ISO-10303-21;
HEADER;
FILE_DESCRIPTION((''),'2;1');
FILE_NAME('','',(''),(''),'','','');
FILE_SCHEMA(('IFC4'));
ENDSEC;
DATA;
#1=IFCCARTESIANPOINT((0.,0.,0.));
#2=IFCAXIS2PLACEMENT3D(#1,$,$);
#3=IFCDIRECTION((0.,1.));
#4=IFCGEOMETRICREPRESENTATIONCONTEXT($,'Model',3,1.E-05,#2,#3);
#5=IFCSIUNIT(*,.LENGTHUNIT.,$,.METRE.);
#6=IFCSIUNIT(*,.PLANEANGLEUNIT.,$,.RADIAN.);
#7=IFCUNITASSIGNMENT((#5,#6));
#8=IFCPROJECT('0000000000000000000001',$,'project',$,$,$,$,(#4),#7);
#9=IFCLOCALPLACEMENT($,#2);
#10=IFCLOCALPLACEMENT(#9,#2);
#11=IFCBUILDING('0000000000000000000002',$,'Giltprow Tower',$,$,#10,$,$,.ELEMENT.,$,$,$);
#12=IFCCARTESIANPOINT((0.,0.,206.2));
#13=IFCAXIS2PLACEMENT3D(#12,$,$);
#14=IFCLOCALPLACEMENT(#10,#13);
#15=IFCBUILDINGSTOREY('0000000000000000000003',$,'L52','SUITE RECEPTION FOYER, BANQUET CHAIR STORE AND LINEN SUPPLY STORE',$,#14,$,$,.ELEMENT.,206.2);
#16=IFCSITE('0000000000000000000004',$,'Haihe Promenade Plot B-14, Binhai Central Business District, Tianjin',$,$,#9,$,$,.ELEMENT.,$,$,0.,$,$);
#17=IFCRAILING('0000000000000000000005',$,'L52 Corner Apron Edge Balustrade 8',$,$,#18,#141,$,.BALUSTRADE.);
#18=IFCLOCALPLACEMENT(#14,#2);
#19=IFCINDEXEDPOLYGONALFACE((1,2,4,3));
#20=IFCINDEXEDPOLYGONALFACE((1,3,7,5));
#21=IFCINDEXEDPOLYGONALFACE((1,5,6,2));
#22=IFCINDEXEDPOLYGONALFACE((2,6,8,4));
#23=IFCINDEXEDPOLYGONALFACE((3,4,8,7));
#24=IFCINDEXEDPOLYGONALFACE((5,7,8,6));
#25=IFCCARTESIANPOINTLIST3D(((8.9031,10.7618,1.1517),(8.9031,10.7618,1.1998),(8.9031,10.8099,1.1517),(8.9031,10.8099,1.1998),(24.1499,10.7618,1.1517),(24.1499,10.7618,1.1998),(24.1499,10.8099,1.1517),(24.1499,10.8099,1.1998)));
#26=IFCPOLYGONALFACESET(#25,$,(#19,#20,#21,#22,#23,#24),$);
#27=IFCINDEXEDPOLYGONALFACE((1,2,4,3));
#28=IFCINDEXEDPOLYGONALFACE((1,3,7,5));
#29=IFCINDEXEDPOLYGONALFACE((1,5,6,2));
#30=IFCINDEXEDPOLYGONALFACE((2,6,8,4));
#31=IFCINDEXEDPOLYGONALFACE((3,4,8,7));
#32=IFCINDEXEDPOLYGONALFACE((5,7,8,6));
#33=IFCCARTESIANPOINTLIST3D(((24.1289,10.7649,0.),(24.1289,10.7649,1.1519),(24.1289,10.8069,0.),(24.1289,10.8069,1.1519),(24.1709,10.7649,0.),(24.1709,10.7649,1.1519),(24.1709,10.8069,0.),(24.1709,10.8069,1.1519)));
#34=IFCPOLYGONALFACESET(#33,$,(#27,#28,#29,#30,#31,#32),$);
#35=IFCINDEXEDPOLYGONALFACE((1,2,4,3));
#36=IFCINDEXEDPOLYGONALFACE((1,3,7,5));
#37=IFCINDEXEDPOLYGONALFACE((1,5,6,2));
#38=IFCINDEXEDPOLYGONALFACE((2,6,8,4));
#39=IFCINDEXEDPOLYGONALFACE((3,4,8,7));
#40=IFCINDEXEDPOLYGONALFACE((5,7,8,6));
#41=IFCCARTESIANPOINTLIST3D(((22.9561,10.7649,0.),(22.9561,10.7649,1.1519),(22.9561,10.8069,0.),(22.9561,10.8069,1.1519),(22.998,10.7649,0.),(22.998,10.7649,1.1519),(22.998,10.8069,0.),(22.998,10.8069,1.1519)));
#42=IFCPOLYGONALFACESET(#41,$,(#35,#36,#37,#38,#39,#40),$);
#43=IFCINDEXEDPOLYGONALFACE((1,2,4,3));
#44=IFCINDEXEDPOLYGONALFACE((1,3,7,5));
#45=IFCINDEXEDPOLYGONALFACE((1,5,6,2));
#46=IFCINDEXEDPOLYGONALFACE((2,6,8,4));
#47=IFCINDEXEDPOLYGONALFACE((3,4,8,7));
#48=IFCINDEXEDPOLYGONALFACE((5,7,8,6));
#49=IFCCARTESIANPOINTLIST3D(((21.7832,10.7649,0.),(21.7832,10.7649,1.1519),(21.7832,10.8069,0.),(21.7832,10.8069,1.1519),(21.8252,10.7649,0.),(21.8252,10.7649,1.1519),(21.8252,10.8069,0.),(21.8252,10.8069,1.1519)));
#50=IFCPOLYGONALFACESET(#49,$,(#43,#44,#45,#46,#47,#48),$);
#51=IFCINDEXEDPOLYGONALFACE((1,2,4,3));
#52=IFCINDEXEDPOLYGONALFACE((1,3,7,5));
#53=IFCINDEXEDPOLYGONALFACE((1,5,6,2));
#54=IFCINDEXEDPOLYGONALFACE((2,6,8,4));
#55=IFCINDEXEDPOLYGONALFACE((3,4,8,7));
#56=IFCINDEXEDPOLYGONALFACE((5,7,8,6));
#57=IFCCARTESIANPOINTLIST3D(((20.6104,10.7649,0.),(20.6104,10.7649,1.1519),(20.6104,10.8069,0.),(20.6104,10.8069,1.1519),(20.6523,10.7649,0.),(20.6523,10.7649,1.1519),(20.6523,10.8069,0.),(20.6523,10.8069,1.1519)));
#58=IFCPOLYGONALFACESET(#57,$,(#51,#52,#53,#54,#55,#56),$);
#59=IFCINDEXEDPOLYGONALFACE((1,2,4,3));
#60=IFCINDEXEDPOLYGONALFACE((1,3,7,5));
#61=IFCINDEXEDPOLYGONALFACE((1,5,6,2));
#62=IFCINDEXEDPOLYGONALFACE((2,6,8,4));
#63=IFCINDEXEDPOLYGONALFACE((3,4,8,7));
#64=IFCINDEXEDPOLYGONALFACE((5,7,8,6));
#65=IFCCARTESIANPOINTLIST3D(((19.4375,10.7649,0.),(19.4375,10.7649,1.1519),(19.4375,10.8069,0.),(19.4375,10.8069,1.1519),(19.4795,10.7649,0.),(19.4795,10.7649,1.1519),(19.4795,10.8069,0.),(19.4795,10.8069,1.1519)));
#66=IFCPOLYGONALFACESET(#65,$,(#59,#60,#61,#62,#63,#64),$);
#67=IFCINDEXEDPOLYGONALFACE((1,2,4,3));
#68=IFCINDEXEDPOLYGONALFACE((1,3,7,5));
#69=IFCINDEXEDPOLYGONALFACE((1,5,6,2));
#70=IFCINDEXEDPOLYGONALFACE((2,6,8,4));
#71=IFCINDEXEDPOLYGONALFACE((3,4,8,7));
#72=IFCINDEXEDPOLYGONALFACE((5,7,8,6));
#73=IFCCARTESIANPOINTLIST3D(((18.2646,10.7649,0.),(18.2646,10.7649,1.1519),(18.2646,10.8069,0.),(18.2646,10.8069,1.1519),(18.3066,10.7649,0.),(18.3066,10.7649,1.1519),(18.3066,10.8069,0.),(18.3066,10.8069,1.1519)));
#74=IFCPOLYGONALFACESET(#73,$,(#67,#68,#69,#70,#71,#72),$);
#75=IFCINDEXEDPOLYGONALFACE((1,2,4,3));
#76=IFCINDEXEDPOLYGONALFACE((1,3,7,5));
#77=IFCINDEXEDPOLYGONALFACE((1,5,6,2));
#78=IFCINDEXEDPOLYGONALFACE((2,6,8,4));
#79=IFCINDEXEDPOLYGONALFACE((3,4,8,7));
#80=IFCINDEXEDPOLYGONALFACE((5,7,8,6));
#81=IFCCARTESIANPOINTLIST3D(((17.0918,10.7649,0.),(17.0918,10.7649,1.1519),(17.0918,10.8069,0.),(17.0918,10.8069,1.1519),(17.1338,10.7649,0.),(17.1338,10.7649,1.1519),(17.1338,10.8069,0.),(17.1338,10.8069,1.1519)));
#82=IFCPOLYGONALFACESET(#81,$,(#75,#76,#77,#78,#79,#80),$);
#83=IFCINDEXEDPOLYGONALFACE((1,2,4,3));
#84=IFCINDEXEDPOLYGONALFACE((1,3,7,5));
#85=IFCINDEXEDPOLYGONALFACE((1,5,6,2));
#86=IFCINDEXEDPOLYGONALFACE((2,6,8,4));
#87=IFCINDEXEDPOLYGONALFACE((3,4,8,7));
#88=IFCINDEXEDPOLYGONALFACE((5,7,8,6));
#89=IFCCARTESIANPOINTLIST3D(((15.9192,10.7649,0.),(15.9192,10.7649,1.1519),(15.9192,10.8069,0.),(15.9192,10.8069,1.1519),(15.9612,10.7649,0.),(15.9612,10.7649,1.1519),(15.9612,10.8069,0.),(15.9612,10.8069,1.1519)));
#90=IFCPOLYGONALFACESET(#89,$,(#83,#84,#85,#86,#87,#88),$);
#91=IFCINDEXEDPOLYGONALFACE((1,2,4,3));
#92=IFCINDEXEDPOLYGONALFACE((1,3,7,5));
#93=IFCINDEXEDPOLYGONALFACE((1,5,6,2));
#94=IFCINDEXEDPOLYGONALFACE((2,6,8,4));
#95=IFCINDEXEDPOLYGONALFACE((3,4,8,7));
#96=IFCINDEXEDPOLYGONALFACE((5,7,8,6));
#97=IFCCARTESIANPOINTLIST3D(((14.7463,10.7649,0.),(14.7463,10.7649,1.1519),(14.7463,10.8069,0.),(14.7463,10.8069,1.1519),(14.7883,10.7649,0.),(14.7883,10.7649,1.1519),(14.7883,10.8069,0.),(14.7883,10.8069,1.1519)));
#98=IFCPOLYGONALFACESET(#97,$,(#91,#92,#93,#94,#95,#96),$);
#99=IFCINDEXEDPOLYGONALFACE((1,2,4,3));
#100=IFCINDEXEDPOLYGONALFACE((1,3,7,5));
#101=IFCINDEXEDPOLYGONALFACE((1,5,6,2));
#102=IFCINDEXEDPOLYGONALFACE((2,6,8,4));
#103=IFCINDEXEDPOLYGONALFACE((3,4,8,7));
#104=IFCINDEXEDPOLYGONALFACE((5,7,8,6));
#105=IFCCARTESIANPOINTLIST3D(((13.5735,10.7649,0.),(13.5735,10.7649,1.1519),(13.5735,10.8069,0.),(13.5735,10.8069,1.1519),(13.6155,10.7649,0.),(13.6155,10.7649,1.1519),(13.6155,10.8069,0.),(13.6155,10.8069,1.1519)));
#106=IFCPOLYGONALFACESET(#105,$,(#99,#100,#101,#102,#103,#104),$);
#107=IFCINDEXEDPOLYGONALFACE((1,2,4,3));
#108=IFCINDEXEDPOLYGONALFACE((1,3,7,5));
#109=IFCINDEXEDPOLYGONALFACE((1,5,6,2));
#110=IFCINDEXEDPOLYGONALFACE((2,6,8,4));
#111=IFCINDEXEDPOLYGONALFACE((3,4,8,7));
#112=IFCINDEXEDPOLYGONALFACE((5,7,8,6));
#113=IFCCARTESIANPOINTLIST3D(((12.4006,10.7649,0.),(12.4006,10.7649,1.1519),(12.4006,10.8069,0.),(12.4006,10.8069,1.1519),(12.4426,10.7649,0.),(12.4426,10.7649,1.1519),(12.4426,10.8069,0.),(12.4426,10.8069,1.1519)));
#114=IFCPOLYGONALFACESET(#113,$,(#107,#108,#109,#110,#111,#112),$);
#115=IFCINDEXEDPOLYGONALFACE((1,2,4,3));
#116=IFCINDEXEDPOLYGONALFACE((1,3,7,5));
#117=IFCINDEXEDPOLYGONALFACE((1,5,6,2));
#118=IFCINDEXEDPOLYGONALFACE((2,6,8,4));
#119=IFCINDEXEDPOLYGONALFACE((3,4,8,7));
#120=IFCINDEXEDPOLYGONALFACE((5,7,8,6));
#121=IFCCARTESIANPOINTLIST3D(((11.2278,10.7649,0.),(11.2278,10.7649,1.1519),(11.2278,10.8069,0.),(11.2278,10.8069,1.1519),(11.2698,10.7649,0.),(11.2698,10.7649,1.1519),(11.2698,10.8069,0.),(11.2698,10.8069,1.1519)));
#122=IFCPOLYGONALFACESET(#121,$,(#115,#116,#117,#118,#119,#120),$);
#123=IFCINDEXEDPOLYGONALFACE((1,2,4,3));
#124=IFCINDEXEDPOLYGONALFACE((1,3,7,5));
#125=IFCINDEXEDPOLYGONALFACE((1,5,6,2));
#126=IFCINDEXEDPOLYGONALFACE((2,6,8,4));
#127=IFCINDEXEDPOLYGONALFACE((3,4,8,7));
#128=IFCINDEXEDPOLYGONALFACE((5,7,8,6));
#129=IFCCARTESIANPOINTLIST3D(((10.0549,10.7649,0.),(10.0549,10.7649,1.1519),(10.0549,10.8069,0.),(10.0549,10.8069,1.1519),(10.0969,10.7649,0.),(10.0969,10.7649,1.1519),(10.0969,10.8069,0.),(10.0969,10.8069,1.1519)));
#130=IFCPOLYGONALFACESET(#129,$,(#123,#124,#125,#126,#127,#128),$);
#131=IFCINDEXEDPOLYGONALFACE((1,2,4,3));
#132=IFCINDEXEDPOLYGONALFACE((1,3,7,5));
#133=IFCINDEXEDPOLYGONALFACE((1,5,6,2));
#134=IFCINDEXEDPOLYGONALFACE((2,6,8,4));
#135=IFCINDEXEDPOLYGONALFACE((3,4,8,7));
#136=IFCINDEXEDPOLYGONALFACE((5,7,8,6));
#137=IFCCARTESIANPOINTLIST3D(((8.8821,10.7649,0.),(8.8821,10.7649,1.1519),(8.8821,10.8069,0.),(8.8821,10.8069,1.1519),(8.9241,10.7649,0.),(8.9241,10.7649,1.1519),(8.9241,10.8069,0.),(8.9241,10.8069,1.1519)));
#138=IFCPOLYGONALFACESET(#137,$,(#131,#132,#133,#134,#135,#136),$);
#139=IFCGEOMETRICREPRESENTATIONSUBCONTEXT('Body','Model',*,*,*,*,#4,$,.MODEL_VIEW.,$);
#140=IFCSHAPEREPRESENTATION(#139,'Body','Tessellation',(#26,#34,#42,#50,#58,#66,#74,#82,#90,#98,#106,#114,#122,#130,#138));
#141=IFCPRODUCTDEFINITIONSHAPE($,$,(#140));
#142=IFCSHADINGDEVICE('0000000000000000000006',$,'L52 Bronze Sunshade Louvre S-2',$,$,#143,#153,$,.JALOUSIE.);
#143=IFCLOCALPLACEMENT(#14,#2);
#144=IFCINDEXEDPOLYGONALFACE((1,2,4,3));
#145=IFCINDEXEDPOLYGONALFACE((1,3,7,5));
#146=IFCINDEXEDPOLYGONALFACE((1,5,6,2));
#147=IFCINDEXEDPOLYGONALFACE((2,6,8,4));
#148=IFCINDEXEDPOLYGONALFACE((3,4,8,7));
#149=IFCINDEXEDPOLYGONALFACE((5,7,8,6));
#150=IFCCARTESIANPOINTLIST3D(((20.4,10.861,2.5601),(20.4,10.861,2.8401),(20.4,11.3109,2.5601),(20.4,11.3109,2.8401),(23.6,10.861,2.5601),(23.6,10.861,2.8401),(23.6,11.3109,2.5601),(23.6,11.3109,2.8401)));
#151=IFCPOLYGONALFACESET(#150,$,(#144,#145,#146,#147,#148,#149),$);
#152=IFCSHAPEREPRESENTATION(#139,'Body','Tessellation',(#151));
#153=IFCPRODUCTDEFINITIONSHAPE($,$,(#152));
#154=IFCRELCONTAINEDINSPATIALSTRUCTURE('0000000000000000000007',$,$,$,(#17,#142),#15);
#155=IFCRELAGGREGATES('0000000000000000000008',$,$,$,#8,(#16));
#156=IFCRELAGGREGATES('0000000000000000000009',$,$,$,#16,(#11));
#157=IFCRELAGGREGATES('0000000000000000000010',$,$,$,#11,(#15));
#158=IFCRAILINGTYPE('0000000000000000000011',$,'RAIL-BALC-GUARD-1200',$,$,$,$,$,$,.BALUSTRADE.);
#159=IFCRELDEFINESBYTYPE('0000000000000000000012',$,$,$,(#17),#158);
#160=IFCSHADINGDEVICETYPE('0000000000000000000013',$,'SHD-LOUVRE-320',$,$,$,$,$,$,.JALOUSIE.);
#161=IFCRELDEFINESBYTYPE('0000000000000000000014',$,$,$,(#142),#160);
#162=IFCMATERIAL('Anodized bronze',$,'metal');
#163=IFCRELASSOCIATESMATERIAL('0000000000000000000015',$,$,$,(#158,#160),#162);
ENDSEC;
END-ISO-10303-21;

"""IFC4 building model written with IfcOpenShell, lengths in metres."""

from ifc_helpers import new_model, si_unit, direction, frame, origin, origin_2d, place, context, subcontext, project, spatial, rectangle, extrude, source, transform, mapped, material, type_object, element, save


model = new_model("IFC4")

# Units and contexts
model_context = context("Model", 3, precision=1e-05, world=origin(), true_north=direction((0.0, 1.0)))
body_context = subcontext(model_context, "Body", "Model", "MODEL_VIEW")
ifc_project = project(units=[si_unit("LENGTHUNIT", "METRE"), si_unit("PLANEANGLEUNIT", "RADIAN")], contexts=[model_context])

# Site, building, storey
site_placement = place(None, origin())
site = spatial("IfcSite", under=ifc_project, at=site_placement, Name="Haihe Promenade Plot B-14, Binhai Central Business District, Tianjin", CompositionType="ELEMENT", RefElevation=0.0)
building_placement = place(site_placement, origin())
building = spatial("IfcBuilding", under=site, at=building_placement, Name="Giltprow Tower", CompositionType="ELEMENT")
storey_placement = place(building_placement, frame((0.0, 0.0, 206.2)))
storey = spatial("IfcBuildingStorey", under=building, at=storey_placement, Name="L52", Description="SUITE RECEPTION FOYER, BANQUET CHAIR STORE AND LINEN SUPPLY STORE", CompositionType="ELEMENT", Elevation=206.2)

# Railing
ifc_material_1 = material(Name="Anodized bronze", Category="metal")
railing_type = type_object("IfcRailingType", Name="RAIL-BALC-GUARD-1200", PredefinedType="BALUSTRADE", material=ifc_material_1)
railing_1_placement = place(storey_placement, frame((24.1499, 10.7859, 0.0)))
element("IfcRailing", 1, at=railing_1_placement, inside=storey, type_object=railing_type, Name="L52 Corner Apron Edge Balustrade 8", PredefinedType="BALUSTRADE", context=body_context, shape_type="SweptSolid", body=[
    extrude(rectangle(XDim=0.0481, YDim=0.0481, at=origin_2d()), frame((0.0, 0.0, 1.1758), z_axis=(-1.0, 0.0, 0.0), x_axis=(0.0, -1.0, 0.0)), (0.0, 0.0, 1.0), 15.2468),
    extrude(rectangle(XDim=0.042, YDim=0.042, at=origin_2d()), origin(), (0.0, 0.0, 1.0), 1.1519),
    extrude(rectangle(XDim=0.042, YDim=0.042, at=origin_2d()), frame((-1.1729, 0.0, 0.0)), (0.0, 0.0, 1.0), 1.1519),
    extrude(rectangle(XDim=0.042, YDim=0.042, at=origin_2d()), frame((-2.3457, 0.0, 0.0)), (0.0, 0.0, 1.0), 1.1519),
    extrude(rectangle(XDim=0.042, YDim=0.042, at=origin_2d()), frame((-3.5186, 0.0, 0.0)), (0.0, 0.0, 1.0), 1.1519),
    extrude(rectangle(XDim=0.042, YDim=0.042, at=origin_2d()), frame((-4.6914, 0.0, 0.0)), (0.0, 0.0, 1.0), 1.1519),
    extrude(rectangle(XDim=0.042, YDim=0.042, at=origin_2d()), frame((-5.8643, 0.0, 0.0)), (0.0, 0.0, 1.0), 1.1519),
    extrude(rectangle(XDim=0.042, YDim=0.042, at=origin_2d()), frame((-7.0371, 0.0, 0.0)), (0.0, 0.0, 1.0), 1.1519),
    extrude(rectangle(XDim=0.042, YDim=0.042, at=origin_2d()), frame((-8.2097, 0.0, 0.0)), (0.0, 0.0, 1.0), 1.1519),
    extrude(rectangle(XDim=0.042, YDim=0.042, at=origin_2d()), frame((-9.3826, 0.0, 0.0)), (0.0, 0.0, 1.0), 1.1519),
    extrude(rectangle(XDim=0.042, YDim=0.042, at=origin_2d()), frame((-10.5554, 0.0, 0.0)), (0.0, 0.0, 1.0), 1.1519),
    extrude(rectangle(XDim=0.042, YDim=0.042, at=origin_2d()), frame((-11.7283, 0.0, 0.0)), (0.0, 0.0, 1.0), 1.1519),
    extrude(rectangle(XDim=0.042, YDim=0.042, at=origin_2d()), frame((-12.9011, 0.0, 0.0)), (0.0, 0.0, 1.0), 1.1519),
    extrude(rectangle(XDim=0.042, YDim=0.042, at=origin_2d()), frame((-14.074, 0.0, 0.0)), (0.0, 0.0, 1.0), 1.1519),
    extrude(rectangle(XDim=0.042, YDim=0.042, at=origin_2d()), frame((-15.2468, 0.0, 0.0)), (0.0, 0.0, 1.0), 1.1519),
])

# Shading device
shading_device_type = type_object("IfcShadingDeviceType", Name="SHD-LOUVRE-320", PredefinedType="JALOUSIE", material=ifc_material_1)
shared_shape_1 = source(origin(), body_context, "Body", "SweptSolid", [
    extrude(rectangle(XDim=3.2, YDim=0.45, at=origin_2d()), origin(), (0.0, 0.0, 1.0), 0.28),
])
shading_device_placement = place(storey_placement, frame((22.0, 11.0859, 2.5601), z_axis=(0.0, 0.0, 1.0), x_axis=(1.0, 0.0, 0.0)))
element("IfcShadingDevice", 2, at=shading_device_placement, inside=storey, type_object=shading_device_type, Name="L52 Bronze Sunshade Louvre S-2", PredefinedType="JALOUSIE", context=body_context, shape_type="MappedRepresentation", body=[
    mapped(shared_shape_1, transform((0.0, 0.0, 0.0), x_axis=(1.0, 0.0, 0.0), y_axis=(0.0, 1.0, 0.0), z_axis=(0.0, 0.0, 1.0), scale=1.0)),
])

save(model, "model.ifc")
